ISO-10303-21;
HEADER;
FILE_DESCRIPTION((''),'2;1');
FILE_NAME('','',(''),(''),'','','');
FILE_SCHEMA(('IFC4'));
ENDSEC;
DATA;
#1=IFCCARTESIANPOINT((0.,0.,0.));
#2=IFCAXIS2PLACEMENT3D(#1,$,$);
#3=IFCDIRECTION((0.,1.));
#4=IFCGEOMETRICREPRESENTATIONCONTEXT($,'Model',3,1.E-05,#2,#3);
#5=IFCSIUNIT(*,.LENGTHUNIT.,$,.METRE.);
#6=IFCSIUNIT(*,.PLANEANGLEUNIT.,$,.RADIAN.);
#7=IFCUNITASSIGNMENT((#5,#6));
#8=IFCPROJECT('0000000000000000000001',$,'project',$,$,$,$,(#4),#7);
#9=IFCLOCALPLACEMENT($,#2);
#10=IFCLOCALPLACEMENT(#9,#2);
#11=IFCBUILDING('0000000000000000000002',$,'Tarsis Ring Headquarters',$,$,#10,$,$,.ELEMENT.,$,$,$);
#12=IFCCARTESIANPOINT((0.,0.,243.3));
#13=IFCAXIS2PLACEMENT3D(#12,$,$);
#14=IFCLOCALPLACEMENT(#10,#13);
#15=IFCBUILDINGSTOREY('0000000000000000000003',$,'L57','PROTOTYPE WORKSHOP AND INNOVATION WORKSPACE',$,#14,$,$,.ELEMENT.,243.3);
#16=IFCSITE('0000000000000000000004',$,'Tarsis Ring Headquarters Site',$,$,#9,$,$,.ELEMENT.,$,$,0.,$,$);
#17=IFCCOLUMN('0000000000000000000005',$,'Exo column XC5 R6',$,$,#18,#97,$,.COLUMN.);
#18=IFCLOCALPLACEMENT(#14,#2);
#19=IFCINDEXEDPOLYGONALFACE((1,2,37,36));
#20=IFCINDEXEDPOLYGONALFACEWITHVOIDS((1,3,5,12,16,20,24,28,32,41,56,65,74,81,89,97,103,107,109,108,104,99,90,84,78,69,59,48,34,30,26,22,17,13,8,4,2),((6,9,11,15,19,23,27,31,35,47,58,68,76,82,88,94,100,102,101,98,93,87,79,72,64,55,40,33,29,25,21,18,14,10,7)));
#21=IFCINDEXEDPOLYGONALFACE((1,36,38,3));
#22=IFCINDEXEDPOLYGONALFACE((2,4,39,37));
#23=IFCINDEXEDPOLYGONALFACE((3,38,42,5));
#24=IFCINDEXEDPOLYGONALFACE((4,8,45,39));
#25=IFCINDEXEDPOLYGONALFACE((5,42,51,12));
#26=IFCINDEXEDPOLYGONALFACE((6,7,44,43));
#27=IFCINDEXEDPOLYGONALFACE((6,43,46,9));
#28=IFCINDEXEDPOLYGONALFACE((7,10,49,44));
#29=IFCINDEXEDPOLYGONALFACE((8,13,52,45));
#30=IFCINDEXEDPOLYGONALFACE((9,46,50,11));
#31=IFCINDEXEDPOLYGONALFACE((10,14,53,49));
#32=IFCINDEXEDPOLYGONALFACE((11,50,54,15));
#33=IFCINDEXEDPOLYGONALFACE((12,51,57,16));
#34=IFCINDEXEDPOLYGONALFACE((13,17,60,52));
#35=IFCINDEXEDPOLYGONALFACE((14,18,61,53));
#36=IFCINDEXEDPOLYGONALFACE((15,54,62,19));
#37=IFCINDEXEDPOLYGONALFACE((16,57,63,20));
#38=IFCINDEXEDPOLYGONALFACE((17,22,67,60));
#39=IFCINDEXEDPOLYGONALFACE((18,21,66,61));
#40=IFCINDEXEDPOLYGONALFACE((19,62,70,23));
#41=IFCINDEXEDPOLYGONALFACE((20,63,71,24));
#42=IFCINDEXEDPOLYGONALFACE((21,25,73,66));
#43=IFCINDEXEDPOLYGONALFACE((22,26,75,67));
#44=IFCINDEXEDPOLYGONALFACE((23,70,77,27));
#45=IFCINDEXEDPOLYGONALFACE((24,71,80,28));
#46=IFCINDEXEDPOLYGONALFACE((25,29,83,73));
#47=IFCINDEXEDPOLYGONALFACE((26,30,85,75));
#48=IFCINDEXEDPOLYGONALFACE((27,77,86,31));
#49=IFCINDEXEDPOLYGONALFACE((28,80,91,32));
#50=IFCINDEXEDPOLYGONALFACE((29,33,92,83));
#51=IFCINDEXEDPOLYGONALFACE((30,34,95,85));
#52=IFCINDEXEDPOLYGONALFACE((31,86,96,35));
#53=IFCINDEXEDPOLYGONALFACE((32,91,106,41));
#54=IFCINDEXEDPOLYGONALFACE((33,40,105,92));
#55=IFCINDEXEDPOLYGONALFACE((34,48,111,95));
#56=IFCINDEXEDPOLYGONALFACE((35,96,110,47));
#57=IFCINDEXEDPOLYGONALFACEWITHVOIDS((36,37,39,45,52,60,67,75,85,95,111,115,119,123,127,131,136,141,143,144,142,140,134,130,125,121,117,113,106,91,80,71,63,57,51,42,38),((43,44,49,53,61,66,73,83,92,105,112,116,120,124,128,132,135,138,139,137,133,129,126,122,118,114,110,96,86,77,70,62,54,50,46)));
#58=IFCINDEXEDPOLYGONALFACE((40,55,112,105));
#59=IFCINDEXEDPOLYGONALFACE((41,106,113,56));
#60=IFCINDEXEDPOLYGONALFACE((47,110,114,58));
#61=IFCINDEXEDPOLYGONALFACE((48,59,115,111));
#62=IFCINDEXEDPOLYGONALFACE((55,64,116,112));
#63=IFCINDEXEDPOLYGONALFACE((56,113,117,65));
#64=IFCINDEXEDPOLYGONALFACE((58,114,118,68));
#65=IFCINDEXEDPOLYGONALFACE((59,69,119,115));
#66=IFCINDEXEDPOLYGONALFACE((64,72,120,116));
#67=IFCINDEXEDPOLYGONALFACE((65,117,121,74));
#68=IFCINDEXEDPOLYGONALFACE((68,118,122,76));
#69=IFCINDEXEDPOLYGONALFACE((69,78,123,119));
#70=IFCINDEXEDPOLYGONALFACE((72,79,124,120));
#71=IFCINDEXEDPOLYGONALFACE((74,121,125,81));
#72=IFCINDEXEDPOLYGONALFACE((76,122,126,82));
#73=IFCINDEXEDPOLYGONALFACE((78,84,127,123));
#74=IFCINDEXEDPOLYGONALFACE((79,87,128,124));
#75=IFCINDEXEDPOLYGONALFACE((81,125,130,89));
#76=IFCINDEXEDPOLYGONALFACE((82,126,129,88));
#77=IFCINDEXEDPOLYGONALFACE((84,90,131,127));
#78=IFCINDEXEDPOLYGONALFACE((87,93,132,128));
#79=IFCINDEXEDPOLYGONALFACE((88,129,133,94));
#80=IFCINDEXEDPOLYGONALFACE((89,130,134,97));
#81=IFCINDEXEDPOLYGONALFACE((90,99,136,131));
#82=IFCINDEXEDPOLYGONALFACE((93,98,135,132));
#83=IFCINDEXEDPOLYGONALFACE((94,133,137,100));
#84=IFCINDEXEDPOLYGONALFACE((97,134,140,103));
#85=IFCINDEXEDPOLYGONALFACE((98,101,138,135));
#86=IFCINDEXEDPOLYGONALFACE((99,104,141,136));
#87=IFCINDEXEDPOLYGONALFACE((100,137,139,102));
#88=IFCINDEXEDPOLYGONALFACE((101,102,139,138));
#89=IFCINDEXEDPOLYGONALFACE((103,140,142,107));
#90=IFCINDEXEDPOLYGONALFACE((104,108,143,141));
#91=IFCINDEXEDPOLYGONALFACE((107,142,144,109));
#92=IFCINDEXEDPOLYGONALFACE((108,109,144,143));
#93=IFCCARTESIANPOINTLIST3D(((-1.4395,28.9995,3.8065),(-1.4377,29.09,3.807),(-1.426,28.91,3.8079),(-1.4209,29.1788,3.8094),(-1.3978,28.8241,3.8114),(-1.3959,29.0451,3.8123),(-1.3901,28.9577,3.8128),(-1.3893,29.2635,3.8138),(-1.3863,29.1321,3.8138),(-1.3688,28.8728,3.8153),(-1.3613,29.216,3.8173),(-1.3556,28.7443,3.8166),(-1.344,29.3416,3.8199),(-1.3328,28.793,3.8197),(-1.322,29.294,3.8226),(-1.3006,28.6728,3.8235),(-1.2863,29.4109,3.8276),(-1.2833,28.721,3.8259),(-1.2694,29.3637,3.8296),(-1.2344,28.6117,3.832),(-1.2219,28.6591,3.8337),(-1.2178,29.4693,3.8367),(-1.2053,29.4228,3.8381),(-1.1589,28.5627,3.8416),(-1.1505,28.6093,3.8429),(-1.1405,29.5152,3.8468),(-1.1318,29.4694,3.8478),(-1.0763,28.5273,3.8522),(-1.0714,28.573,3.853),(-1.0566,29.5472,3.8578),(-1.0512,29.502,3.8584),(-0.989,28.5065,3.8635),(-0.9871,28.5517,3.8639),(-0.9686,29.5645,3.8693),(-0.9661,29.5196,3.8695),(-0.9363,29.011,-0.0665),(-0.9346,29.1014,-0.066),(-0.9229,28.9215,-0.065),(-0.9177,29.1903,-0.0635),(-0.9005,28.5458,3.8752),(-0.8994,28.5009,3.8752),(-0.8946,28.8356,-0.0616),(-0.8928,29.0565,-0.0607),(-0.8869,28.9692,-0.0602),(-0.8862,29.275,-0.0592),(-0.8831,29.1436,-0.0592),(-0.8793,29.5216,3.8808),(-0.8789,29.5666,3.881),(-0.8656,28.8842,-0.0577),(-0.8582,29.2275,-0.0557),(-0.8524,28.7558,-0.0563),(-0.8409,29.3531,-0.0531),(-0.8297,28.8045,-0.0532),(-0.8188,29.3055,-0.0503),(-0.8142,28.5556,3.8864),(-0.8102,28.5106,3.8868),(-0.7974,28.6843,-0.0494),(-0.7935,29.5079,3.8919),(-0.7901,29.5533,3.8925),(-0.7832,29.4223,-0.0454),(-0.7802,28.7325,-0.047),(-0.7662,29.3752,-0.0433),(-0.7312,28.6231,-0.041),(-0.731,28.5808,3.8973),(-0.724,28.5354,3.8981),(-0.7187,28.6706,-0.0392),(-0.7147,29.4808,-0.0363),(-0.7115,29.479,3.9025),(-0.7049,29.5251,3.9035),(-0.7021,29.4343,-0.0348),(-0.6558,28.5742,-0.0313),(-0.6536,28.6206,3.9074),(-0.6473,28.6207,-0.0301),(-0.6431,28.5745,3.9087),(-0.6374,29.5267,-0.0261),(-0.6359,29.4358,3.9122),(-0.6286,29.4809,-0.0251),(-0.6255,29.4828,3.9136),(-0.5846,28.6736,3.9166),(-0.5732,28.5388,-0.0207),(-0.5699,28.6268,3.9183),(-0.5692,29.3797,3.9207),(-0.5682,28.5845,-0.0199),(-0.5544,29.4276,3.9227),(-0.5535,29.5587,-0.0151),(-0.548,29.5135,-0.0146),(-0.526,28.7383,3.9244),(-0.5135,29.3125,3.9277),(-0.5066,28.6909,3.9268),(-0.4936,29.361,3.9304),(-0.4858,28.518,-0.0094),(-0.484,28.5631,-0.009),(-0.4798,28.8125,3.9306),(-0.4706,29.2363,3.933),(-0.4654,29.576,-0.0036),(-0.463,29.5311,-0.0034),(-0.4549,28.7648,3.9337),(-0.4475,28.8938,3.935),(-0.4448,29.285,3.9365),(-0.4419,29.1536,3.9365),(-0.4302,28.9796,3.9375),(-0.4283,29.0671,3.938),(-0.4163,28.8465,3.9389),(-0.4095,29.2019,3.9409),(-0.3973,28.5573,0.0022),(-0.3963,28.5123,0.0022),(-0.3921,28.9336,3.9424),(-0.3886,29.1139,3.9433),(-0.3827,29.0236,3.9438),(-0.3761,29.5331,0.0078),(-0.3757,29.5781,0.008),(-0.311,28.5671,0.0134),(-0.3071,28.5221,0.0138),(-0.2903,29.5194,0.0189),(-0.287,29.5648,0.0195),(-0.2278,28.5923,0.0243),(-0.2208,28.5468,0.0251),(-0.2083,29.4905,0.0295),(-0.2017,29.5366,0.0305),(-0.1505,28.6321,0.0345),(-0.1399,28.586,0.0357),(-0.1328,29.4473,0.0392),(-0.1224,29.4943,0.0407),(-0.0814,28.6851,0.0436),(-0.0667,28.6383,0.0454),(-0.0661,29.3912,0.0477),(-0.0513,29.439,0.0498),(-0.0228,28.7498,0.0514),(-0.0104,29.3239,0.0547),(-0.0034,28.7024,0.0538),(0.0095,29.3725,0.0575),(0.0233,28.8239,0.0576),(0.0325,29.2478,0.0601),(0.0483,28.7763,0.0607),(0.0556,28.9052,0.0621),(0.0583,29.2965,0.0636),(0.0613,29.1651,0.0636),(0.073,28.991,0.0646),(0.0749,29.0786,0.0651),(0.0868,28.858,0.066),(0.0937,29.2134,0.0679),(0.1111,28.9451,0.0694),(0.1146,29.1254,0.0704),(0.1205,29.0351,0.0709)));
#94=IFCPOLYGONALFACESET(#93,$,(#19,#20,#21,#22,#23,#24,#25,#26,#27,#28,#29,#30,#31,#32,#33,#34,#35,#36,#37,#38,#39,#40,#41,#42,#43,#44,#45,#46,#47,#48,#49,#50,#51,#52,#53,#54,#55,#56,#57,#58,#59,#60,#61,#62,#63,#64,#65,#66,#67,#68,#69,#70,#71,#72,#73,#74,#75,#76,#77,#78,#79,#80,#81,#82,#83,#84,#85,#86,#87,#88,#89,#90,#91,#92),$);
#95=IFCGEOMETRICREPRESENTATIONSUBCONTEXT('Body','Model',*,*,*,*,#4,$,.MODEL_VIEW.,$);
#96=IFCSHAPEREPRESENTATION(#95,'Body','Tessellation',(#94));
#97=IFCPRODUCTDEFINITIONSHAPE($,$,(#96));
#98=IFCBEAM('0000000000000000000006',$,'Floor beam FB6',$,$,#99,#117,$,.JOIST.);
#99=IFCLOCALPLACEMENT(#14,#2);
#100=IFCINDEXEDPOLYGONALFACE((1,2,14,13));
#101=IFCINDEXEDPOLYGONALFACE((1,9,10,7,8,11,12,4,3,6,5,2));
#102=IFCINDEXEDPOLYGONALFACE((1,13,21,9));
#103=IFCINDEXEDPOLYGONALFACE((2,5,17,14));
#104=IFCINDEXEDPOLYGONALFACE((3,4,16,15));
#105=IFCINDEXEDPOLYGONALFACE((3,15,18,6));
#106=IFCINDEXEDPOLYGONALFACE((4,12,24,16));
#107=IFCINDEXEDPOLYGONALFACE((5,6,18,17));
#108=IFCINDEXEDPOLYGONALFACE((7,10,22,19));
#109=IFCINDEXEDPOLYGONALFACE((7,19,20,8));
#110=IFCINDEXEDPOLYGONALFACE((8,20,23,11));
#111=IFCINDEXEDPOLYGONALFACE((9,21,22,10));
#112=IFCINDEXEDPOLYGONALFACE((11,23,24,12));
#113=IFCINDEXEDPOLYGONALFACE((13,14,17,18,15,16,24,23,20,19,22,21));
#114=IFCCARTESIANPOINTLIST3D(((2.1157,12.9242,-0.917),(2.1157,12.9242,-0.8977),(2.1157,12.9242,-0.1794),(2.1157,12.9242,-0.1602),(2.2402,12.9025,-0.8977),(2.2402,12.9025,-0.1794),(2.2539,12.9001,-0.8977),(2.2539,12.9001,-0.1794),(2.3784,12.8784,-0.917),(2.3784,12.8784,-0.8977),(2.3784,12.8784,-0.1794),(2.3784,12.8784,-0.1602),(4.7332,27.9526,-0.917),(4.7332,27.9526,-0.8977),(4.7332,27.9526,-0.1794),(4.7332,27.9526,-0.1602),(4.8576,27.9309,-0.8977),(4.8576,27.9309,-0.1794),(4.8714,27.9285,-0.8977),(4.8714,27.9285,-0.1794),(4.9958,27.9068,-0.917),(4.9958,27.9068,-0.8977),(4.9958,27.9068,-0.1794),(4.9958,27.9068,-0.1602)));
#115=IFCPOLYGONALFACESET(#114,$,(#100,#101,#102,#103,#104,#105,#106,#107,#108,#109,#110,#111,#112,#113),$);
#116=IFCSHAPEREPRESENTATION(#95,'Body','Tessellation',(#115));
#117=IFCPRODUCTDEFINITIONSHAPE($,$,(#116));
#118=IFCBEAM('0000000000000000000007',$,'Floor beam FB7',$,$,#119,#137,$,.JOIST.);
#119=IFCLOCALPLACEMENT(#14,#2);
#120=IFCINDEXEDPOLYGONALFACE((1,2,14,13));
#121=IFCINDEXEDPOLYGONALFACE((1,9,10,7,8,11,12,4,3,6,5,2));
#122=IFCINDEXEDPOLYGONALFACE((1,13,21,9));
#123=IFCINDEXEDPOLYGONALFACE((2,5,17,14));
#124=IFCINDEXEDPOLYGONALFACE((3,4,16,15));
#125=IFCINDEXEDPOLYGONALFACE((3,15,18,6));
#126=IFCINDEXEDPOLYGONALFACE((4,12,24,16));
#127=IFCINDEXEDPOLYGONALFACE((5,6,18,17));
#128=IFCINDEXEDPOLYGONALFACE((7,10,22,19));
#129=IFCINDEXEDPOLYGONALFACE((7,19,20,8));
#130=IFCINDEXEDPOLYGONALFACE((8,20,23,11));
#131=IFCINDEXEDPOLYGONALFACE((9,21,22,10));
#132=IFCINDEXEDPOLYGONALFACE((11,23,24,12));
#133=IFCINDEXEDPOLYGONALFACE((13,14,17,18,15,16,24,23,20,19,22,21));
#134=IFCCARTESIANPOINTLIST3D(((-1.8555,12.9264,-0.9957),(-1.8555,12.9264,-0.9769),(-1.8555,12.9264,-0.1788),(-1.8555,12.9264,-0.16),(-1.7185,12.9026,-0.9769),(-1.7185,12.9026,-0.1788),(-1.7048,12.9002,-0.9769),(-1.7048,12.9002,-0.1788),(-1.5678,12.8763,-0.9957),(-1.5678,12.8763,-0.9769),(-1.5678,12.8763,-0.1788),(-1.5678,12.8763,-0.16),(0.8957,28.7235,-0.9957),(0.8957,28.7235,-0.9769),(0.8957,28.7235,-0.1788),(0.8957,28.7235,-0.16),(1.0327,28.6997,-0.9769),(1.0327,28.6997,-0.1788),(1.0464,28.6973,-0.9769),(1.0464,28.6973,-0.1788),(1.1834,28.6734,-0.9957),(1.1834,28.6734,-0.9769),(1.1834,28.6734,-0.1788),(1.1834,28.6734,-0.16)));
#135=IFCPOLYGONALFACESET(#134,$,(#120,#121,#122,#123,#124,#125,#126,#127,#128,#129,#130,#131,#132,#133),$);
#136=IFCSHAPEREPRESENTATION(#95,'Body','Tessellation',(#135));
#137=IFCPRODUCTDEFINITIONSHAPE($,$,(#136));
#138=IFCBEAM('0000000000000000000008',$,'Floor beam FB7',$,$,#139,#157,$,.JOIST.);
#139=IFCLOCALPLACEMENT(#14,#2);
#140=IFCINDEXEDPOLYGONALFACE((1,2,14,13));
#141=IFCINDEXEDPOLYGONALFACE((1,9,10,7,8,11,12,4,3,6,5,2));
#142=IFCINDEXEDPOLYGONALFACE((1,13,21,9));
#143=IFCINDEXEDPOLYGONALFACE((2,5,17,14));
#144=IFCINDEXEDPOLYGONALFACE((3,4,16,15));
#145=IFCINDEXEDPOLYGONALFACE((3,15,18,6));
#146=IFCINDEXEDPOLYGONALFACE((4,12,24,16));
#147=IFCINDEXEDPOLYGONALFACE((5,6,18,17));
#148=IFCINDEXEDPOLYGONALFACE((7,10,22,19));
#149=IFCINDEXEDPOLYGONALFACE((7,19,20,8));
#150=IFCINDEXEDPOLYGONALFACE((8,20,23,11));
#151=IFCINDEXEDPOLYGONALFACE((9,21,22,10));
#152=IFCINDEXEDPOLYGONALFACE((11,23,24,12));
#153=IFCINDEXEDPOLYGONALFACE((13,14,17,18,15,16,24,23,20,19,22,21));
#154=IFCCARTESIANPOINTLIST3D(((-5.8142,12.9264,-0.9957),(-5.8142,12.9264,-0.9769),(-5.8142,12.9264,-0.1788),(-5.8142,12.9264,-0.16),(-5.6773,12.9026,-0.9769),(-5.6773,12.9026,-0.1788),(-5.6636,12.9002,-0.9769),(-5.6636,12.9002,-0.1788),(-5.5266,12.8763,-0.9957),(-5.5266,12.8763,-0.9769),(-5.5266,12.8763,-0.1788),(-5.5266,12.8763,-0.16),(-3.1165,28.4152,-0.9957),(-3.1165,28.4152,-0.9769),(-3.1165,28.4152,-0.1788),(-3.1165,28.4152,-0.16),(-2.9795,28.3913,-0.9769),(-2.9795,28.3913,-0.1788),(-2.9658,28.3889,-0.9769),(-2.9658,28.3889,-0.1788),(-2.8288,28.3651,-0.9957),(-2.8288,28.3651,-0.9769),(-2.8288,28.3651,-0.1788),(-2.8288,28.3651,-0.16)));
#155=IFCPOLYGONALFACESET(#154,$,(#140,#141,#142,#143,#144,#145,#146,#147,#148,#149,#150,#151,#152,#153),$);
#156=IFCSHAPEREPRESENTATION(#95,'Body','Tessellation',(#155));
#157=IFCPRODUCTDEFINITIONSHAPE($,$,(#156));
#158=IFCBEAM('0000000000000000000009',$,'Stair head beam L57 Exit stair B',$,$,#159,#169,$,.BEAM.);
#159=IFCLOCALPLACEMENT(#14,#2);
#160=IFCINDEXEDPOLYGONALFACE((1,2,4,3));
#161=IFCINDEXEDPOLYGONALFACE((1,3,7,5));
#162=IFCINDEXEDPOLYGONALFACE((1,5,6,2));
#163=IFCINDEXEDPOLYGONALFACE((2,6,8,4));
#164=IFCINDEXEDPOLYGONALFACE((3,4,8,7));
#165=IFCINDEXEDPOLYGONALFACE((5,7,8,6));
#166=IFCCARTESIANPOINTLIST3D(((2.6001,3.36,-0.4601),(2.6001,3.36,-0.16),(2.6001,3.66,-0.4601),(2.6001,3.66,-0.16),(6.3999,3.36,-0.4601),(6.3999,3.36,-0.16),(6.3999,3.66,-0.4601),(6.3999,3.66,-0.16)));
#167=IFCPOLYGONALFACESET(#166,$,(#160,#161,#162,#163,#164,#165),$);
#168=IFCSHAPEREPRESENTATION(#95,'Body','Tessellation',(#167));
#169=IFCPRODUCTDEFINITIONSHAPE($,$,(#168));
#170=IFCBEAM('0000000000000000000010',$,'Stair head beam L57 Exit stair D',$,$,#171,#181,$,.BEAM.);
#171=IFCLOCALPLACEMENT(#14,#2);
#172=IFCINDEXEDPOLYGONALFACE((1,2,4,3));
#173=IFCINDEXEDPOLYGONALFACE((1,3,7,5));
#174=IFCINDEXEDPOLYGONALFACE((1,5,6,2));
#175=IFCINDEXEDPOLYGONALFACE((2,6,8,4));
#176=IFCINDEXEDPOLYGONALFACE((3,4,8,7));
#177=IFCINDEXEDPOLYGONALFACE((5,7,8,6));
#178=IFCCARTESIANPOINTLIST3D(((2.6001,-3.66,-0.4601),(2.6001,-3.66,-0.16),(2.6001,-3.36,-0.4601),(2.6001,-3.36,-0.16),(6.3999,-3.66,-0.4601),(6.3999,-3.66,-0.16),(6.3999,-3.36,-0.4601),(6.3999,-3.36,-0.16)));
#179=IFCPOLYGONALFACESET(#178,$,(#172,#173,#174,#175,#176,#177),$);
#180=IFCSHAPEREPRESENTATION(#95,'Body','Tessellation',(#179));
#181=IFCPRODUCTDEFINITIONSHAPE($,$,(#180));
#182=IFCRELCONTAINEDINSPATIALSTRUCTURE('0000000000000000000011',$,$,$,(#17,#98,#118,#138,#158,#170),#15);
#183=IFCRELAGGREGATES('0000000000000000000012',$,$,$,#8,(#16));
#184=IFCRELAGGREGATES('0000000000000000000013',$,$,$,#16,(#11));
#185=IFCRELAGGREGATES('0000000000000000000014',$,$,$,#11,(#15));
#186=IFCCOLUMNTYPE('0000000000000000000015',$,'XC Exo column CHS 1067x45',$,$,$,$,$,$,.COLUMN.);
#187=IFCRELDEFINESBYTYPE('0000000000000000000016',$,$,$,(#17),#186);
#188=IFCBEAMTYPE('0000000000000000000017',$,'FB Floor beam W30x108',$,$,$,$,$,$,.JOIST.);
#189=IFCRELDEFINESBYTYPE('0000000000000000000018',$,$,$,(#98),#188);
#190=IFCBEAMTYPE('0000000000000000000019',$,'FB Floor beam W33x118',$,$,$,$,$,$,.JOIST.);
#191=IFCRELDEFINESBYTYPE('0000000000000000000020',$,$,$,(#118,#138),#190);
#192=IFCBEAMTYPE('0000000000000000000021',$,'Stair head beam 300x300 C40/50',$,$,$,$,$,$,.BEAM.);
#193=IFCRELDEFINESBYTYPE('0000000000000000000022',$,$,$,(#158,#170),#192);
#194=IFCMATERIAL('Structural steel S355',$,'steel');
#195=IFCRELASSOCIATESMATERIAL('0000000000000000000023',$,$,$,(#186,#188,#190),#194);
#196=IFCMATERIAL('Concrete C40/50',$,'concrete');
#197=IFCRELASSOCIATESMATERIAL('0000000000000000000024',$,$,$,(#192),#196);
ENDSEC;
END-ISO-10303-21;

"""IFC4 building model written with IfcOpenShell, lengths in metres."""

from ifc_helpers import new_model, si_unit, direction, frame, origin, origin_2d, place, context, subcontext, project, spatial, rectangle, hollow_circle, i_section, extrude, material, material_profile, profile_set, type_object, element, save


model = new_model("IFC4")

# Units and contexts
model_context = context("Model", 3, precision=1e-05, world=origin(), true_north=direction((0.0, 1.0)))
body_context = subcontext(model_context, "Body", "Model", "MODEL_VIEW")
ifc_project = project(units=[si_unit("LENGTHUNIT", "METRE"), si_unit("PLANEANGLEUNIT", "RADIAN")], contexts=[model_context])

# Site, building, storey
site_placement = place(None, origin())
site = spatial("IfcSite", under=ifc_project, at=site_placement, Name="Tarsis Ring Headquarters Site", CompositionType="ELEMENT", RefElevation=0.0)
building_placement = place(site_placement, origin())
building = spatial("IfcBuilding", under=site, at=building_placement, Name="Tarsis Ring Headquarters", CompositionType="ELEMENT")
storey_placement = place(building_placement, frame((0.0, 0.0, 243.3)))
storey = spatial("IfcBuildingStorey", under=building, at=storey_placement, Name="L57", Description="PROTOTYPE WORKSHOP AND INNOVATION WORKSPACE", CompositionType="ELEMENT", Elevation=243.3)

# Column
ifc_material_1 = material(Name="Structural steel S355", Category="steel")
ifc_material_profile_1 = material_profile(ifc_material_1, hollow_circle(Radius=0.5334, WallThickness=0.0449, at=origin_2d()), Name="CHS 1067x45")
ifc_profile_set_1 = profile_set([ifc_material_profile_1], Name="Structural steel S355")
column_type = type_object("IfcColumnType", Name="XC Exo column CHS 1067x45", PredefinedType="COLUMN", material=ifc_profile_set_1)
column_placement = place(storey_placement, frame((-0.4084, 29.0457, 0.0022), z_axis=(-0.128834, -0.002938, 0.991662), x_axis=(0.022799, -0.99974, 0.0)))
element("IfcColumn", 1, at=column_placement, inside=storey, type_object=column_type, Name="Exo column XC5 R6", PredefinedType="COLUMN", context=body_context, shape_type="SweptSolid", body=[
    extrude(hollow_circle(Radius=0.5334, WallThickness=0.0449, at=origin_2d()), origin(), (0.0, 0.0, 1.0), 3.9055),
])

# Beams
ifc_material_profile_2 = material_profile(ifc_material_1, i_section(OverallWidth=0.2666, OverallDepth=0.7568, WebThickness=0.0139, FlangeThickness=0.0193, at=origin_2d()), Name="W30x108")
ifc_profile_set_2 = profile_set([ifc_material_profile_2], Name="Structural steel S355")
beam_type_1 = type_object("IfcBeamType", Name="FB Floor beam W30x108", PredefinedType="JOIST", material=ifc_profile_set_2)
beam_1_placement = place(storey_placement, frame((4.8645, 27.9297, -0.5386), z_axis=(-0.171584, -0.98517, 0.0), x_axis=(0.98517, -0.171584, 0.0)))
element("IfcBeam", 2, at=beam_1_placement, inside=storey, type_object=beam_type_1, Name="Floor beam FB6", PredefinedType="JOIST", context=body_context, shape_type="SweptSolid", body=[
    extrude(i_section(OverallWidth=0.2666, OverallDepth=0.7568, WebThickness=0.0139, FlangeThickness=0.0193, at=origin_2d()), origin(), (0.0, 0.0, 1.0), 15.2546),
])
ifc_material_profile_3 = material_profile(ifc_material_1, i_section(OverallWidth=0.292, OverallDepth=0.8357, WebThickness=0.0139, FlangeThickness=0.0188, at=origin_2d()), Name="W33x118")
ifc_profile_set_3 = profile_set([ifc_material_profile_3], Name="Structural steel S355")
beam_type_2 = type_object("IfcBeamType", Name="FB Floor beam W33x118", PredefinedType="JOIST", material=ifc_profile_set_3)
beam_2_placement = place(storey_placement, frame((1.0396, 28.6985, -0.5779), z_axis=(-0.171577, -0.985171, 0.0), x_axis=(0.985171, -0.171577, 0.0)))
element("IfcBeam", 3, at=beam_2_placement, inside=storey, type_object=beam_type_2, Name="Floor beam FB7", PredefinedType="JOIST", context=body_context, shape_type="SweptSolid", body=[
    extrude(i_section(OverallWidth=0.292, OverallDepth=0.8357, WebThickness=0.0139, FlangeThickness=0.0188, at=origin_2d()), origin(), (0.0, 0.0, 1.0), 16.0349),
])
beam_3_placement = place(storey_placement, frame((-2.9727, 28.3901, -0.5779), z_axis=(-0.171592, -0.985168, 0.0), x_axis=(0.985168, -0.171592, 0.0)))
element("IfcBeam", 4, at=beam_3_placement, inside=storey, type_object=beam_type_2, Name="Floor beam FB7", PredefinedType="JOIST", context=body_context, shape_type="SweptSolid", body=[
    extrude(i_section(OverallWidth=0.292, OverallDepth=0.8357, WebThickness=0.0139, FlangeThickness=0.0188, at=origin_2d()), origin(), (0.0, 0.0, 1.0), 15.7219),
])
ifc_material_2 = material(Name="Concrete C40/50", Category="concrete")
ifc_material_profile_4 = material_profile(ifc_material_2, rectangle(XDim=0.3, YDim=0.3, at=origin_2d()), Name="Stair head beam 300x300 C40/50")
ifc_profile_set_4 = profile_set([ifc_material_profile_4], Name="Concrete C40/50")
beam_type_3 = type_object("IfcBeamType", Name="Stair head beam 300x300 C40/50", PredefinedType="BEAM", material=ifc_profile_set_4)
for number, where, z_axis, x_axis, name in (
    (5, (2.6001, 3.51, -0.3101), (1.0, 0.0, 0.0), (0.0, 1.0, 0.0), "Stair head beam L57 Exit stair B"),
    (6, (2.6001, -3.51, -0.3101), (1.0, 0.0, 0.0), (0.0, 1.0, 0.0), "Stair head beam L57 Exit stair D"),
):
    element("IfcBeam", number, at=place(storey_placement, frame(where, z_axis=z_axis, x_axis=x_axis)), inside=storey, type_object=beam_type_3, Name=name, PredefinedType="BEAM", context=body_context, shape_type="SweptSolid", body=[
        extrude(rectangle(XDim=0.3, YDim=0.3, at=origin_2d()), origin(), (0.0, 0.0, 1.0), 3.7998),
    ])

save(model, "model.ifc")
